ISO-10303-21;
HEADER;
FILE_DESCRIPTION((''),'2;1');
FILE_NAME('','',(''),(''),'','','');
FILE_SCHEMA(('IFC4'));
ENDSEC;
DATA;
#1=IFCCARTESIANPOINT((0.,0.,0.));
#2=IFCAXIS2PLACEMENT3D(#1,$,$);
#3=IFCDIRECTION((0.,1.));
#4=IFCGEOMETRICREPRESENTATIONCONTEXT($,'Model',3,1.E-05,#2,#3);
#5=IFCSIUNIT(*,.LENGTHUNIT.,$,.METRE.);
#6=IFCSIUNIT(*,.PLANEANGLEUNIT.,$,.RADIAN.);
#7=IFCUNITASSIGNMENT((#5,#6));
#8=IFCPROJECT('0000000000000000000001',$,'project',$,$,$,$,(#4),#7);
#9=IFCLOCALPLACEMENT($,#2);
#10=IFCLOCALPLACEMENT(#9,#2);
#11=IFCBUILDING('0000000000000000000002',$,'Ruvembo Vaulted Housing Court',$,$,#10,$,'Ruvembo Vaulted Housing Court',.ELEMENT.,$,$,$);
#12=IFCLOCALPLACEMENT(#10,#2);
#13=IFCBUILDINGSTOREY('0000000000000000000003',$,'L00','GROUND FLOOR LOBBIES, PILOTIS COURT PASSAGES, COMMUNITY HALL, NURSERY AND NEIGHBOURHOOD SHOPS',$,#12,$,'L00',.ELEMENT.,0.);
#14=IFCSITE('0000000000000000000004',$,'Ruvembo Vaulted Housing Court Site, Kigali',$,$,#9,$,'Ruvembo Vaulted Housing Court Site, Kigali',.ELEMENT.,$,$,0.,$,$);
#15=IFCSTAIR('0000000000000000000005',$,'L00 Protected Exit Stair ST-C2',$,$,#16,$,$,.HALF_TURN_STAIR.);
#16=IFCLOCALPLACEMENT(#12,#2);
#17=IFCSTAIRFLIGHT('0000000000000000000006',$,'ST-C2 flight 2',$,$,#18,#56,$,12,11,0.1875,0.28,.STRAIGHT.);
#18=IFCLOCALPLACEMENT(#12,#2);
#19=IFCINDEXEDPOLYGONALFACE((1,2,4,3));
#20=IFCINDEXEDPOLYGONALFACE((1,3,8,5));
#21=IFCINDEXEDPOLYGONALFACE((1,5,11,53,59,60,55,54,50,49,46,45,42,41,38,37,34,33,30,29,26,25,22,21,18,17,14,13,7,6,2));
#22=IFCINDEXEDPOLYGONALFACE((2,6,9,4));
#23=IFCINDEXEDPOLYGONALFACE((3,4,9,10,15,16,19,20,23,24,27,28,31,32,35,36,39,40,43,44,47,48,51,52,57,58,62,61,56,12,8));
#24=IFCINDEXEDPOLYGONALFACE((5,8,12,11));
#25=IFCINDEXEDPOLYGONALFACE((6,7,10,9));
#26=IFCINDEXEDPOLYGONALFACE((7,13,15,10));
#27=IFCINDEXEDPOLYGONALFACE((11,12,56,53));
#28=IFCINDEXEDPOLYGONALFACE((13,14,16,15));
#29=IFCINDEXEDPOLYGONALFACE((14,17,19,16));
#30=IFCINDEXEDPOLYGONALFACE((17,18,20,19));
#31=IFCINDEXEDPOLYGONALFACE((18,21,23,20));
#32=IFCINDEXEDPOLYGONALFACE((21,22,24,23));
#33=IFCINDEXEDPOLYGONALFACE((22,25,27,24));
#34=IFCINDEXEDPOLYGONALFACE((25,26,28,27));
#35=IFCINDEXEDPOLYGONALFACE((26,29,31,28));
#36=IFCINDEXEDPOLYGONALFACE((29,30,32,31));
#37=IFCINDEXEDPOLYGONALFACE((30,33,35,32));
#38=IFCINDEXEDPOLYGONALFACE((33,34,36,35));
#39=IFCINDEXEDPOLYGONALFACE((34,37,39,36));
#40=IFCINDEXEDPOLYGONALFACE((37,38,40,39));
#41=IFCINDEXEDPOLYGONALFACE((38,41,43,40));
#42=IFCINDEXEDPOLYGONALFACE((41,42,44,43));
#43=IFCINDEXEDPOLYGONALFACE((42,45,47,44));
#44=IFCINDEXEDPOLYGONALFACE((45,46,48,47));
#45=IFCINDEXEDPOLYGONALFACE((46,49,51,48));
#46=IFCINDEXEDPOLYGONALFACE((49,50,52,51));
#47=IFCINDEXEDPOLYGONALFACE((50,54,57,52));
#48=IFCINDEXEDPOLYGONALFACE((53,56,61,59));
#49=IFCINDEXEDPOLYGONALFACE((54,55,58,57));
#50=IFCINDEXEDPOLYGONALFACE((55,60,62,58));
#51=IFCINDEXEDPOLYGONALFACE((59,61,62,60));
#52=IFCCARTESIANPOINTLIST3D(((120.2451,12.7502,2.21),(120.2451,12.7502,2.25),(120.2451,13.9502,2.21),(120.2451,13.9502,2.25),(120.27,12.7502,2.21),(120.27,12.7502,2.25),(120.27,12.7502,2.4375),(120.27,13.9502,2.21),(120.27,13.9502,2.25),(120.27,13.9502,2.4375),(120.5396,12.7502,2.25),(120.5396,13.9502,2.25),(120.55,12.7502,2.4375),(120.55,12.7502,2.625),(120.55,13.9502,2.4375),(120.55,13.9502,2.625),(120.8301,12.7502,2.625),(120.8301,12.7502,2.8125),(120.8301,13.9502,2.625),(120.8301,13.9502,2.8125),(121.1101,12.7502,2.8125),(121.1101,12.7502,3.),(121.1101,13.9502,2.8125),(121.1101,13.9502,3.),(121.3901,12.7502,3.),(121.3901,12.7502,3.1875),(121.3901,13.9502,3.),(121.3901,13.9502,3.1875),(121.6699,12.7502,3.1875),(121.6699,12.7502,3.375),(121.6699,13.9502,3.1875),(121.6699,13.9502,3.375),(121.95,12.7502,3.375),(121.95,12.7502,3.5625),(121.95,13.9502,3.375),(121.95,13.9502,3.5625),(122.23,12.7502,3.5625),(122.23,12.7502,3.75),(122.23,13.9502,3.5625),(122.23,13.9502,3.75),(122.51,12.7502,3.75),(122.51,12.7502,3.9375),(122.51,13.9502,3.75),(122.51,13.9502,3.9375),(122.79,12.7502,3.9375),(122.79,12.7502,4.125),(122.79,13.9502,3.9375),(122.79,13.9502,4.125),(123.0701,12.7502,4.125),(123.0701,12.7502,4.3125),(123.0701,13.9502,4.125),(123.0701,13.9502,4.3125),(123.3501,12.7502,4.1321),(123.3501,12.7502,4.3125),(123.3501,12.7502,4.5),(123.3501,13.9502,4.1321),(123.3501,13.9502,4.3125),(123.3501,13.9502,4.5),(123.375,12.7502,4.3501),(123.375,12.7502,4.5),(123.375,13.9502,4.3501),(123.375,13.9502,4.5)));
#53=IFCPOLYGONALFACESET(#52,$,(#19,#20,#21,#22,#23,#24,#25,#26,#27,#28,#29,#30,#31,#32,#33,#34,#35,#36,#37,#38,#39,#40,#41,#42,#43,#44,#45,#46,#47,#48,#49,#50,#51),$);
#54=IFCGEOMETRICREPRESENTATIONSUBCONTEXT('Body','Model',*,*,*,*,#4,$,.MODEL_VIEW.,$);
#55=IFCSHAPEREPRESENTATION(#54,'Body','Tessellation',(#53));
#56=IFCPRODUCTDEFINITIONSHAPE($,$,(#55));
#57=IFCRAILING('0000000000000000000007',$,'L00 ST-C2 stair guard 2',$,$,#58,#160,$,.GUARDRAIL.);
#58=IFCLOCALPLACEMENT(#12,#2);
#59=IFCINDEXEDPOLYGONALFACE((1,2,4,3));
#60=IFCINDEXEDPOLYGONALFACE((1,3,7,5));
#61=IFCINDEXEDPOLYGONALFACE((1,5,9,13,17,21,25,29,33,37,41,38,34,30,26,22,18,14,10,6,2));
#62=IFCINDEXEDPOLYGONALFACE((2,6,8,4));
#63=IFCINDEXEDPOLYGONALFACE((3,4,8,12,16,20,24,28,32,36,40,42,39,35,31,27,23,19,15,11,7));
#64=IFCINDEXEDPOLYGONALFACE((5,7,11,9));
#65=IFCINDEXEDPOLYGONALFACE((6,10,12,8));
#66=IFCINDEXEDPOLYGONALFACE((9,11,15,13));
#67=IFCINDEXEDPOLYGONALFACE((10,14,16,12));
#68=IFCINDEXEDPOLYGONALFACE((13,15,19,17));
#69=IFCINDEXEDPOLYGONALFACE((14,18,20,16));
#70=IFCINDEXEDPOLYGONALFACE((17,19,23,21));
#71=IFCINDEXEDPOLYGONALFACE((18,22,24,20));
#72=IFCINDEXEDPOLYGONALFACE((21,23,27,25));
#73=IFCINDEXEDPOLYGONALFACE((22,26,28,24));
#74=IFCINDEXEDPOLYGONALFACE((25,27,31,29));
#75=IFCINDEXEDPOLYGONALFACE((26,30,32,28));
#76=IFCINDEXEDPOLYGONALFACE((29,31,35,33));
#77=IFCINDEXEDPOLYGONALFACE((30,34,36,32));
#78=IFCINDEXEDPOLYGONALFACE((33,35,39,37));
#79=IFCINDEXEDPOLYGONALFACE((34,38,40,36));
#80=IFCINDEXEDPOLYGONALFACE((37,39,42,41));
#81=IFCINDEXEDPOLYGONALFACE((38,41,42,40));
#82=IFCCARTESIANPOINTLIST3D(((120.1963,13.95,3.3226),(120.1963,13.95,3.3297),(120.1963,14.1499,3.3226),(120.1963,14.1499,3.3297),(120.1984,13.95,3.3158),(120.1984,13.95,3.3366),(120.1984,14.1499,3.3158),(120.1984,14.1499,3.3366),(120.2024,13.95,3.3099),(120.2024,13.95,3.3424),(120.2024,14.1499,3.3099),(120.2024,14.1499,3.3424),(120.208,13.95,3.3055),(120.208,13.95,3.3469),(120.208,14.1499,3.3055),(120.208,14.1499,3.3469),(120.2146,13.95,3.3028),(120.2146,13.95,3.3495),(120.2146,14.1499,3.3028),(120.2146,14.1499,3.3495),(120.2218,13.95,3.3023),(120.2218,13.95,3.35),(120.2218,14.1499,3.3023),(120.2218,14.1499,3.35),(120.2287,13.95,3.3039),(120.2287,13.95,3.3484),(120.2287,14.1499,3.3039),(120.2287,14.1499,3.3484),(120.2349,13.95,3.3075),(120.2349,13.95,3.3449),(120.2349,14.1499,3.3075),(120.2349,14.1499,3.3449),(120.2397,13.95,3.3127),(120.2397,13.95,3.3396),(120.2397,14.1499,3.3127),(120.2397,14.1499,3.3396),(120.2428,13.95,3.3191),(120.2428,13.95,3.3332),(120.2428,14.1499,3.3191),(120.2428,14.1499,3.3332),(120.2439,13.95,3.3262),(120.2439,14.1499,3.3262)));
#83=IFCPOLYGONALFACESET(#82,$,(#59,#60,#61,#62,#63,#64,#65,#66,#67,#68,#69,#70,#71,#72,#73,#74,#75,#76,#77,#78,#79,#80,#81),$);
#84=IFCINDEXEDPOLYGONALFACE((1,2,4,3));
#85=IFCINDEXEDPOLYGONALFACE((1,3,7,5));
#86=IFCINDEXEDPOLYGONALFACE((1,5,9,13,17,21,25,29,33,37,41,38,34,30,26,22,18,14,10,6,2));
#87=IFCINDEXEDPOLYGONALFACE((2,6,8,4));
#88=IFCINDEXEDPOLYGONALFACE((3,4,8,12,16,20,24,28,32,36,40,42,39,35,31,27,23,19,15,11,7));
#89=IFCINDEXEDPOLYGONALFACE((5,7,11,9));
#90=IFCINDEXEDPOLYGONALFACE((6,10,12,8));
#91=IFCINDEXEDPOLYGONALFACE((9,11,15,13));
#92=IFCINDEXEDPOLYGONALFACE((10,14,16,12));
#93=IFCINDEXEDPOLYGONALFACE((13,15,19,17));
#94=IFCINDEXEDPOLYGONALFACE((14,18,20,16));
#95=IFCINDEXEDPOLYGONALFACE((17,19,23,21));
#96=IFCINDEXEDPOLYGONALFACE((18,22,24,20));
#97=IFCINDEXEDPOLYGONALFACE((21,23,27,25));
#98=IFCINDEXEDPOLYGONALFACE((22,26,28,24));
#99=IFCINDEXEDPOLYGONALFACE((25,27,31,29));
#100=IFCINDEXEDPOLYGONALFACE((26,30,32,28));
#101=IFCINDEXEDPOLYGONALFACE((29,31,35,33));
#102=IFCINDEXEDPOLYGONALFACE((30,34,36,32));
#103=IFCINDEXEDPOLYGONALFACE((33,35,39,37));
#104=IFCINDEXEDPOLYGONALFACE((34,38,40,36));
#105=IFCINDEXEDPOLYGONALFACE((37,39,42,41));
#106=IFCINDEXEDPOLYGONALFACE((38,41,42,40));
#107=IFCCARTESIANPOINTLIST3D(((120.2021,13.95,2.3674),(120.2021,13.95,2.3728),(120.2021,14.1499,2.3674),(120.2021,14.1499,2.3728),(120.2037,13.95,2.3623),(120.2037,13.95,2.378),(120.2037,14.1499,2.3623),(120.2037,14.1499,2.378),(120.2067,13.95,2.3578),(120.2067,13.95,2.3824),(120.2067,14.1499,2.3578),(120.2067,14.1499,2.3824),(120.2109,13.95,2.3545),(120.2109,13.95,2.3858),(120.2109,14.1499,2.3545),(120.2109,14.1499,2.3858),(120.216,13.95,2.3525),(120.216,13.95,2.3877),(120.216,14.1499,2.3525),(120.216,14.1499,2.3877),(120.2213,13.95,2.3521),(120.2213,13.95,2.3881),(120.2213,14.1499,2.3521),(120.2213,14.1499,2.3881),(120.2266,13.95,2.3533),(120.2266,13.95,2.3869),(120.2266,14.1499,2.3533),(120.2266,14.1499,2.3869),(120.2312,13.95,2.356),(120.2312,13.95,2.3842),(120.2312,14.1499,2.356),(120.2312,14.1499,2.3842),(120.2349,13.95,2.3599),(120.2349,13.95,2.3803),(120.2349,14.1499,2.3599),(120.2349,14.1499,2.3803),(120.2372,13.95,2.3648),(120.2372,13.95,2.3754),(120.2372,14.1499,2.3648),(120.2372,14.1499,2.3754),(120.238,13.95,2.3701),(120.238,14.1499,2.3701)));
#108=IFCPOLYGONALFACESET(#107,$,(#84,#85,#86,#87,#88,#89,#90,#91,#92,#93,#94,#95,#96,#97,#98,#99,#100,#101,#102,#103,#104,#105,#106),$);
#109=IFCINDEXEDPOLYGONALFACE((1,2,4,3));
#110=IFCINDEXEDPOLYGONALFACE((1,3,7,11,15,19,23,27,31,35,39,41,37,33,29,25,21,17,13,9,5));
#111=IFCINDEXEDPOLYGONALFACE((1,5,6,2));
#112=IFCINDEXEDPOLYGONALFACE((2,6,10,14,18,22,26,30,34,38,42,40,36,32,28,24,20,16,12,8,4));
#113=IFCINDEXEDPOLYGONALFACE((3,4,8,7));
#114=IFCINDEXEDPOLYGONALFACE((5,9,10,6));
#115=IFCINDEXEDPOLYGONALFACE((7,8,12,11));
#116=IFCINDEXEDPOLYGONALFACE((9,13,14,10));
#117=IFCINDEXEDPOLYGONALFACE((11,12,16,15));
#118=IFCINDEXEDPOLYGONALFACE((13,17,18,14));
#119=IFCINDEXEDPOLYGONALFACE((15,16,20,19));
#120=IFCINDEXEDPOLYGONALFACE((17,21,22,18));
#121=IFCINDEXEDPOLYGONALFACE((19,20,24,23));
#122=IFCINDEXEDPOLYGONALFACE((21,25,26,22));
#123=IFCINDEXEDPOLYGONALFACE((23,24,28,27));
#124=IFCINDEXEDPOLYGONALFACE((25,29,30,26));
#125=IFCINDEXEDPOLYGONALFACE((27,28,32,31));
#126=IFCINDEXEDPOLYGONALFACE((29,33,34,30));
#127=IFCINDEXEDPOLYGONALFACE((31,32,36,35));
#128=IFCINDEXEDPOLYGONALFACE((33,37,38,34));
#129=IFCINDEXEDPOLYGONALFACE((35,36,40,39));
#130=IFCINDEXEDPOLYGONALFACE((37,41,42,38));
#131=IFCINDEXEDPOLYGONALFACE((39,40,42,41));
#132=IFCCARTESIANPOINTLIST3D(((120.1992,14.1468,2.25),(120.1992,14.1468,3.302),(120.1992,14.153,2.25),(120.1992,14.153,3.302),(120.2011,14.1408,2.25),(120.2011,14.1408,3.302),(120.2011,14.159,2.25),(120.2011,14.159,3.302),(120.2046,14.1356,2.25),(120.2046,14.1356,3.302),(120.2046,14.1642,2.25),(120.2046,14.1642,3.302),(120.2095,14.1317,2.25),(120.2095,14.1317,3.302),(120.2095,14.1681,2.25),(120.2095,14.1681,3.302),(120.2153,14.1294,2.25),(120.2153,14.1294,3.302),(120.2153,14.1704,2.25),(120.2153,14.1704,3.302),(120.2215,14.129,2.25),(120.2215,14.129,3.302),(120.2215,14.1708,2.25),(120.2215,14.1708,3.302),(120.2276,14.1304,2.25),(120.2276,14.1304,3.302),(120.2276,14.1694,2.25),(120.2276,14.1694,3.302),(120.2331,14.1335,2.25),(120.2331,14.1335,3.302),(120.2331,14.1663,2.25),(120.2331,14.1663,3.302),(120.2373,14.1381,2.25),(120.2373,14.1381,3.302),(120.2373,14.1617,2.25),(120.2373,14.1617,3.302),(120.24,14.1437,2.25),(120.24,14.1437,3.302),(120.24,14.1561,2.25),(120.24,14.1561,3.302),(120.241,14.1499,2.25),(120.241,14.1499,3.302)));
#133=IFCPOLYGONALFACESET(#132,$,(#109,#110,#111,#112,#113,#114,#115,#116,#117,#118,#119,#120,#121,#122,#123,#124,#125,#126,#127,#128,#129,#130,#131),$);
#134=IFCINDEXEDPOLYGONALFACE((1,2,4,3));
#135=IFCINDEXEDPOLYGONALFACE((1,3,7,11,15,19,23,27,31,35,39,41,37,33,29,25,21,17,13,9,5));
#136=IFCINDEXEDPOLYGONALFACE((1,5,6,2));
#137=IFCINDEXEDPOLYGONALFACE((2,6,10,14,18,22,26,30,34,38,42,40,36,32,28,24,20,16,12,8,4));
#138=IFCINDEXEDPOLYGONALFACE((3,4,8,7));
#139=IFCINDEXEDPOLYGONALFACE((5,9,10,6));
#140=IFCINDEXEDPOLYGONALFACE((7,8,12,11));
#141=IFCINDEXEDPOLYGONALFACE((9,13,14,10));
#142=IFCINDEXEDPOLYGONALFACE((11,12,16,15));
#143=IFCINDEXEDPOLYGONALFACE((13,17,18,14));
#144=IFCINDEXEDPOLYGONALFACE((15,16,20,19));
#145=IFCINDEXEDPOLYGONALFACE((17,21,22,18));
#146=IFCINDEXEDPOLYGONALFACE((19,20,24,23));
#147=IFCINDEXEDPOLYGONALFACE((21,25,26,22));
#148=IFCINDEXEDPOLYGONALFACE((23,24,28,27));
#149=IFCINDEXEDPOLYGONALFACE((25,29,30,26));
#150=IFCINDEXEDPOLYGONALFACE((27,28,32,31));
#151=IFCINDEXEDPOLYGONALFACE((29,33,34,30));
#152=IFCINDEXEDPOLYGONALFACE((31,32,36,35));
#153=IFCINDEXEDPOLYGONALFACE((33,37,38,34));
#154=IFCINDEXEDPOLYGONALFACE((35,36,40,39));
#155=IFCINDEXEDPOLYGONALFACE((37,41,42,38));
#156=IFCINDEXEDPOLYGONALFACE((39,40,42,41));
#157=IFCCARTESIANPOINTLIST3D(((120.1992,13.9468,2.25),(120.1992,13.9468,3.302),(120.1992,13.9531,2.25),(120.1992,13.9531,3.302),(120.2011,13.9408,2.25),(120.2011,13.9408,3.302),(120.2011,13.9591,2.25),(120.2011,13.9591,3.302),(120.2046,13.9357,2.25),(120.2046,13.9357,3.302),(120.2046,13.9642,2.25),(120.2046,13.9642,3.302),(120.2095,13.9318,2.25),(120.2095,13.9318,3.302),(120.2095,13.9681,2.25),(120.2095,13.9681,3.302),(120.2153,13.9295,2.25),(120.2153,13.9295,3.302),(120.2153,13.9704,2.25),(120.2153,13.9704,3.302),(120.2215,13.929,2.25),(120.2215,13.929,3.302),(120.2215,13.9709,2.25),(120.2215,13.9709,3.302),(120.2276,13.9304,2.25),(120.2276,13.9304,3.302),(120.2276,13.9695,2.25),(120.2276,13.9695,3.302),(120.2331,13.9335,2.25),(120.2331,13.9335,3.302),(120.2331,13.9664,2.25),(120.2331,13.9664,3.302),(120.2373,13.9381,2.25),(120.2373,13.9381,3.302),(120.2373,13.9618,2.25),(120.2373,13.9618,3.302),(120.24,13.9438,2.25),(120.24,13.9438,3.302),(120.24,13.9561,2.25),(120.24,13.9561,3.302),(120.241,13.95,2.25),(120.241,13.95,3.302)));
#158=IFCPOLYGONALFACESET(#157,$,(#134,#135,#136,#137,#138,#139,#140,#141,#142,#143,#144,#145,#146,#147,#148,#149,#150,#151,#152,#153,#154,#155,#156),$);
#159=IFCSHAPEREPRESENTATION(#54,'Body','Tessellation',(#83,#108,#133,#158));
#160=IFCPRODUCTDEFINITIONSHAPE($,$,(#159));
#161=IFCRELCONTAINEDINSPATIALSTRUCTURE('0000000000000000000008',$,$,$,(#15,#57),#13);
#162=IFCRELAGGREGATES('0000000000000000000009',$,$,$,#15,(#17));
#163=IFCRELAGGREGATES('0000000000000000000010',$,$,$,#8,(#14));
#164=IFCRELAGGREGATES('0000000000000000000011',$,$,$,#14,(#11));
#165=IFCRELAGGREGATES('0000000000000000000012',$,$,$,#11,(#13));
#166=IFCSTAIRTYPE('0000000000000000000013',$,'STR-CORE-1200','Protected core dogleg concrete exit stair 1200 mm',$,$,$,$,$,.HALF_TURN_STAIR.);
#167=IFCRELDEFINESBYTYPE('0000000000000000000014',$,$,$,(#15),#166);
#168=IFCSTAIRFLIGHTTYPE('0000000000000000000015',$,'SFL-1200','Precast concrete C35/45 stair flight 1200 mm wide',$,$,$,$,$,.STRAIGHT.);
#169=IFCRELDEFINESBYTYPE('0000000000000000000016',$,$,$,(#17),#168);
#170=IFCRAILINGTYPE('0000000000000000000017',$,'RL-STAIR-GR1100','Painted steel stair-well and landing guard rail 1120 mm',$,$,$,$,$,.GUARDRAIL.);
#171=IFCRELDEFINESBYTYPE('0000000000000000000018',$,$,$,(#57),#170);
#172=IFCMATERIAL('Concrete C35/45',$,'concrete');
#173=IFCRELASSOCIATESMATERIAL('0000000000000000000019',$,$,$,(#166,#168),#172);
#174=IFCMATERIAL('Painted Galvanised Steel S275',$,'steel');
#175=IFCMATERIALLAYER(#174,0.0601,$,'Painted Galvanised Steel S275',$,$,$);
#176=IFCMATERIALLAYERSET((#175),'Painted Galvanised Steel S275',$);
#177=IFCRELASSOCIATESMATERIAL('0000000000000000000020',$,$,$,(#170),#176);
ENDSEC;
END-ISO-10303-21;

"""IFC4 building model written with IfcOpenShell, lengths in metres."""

from ifc_helpers import new_model, si_unit, direction, frame, origin, origin_2d, place, context, subcontext, project, spatial, polyline, circle, outline, extrude, material, layer, layer_set, type_object, element, aggregate, save


model = new_model("IFC4")

# Units and contexts
model_context = context("Model", 3, precision=1e-05, world=origin(), true_north=direction((0.0, 1.0)))
body_context = subcontext(model_context, "Body", "Model", "MODEL_VIEW")
ifc_project = project(units=[si_unit("LENGTHUNIT", "METRE"), si_unit("PLANEANGLEUNIT", "RADIAN")], contexts=[model_context])

# Site, building, storey
site_placement = place(None, origin())
site = spatial("IfcSite", under=ifc_project, at=site_placement, Name="Ruvembo Vaulted Housing Court Site, Kigali", LongName="Ruvembo Vaulted Housing Court Site, Kigali", CompositionType="ELEMENT", RefElevation=0.0)
building_placement = place(site_placement, origin())
building = spatial("IfcBuilding", under=site, at=building_placement, Name="Ruvembo Vaulted Housing Court", LongName="Ruvembo Vaulted Housing Court", CompositionType="ELEMENT")
storey_placement = place(building_placement, origin())
storey = spatial("IfcBuildingStorey", under=building, at=storey_placement, Name="L00", Description="GROUND FLOOR LOBBIES, PILOTIS COURT PASSAGES, COMMUNITY HALL, NURSERY AND NEIGHBOURHOOD SHOPS", LongName="L00", CompositionType="ELEMENT", Elevation=0.0)

# Shared definitions
ifc_material_1 = material(Name="Concrete C35/45", Category="concrete")

# Stair, stair flight
stair_type = type_object("IfcStairType", Name="STR-CORE-1200", Description="Protected core dogleg concrete exit stair 1200 mm", PredefinedType="HALF_TURN_STAIR", material=ifc_material_1)
stair_placement = place(storey_placement, origin())
stair = element("IfcStair", 1, at=stair_placement, inside=storey, type_object=stair_type, Name="L00 Protected Exit Stair ST-C2", PredefinedType="HALF_TURN_STAIR")
stair_flight_type = type_object("IfcStairFlightType", Name="SFL-1200", Description="Precast concrete C35/45 stair flight 1200 mm wide", PredefinedType="STRAIGHT", material=ifc_material_1)
stair_flight_1_placement = place(storey_placement, frame((120.27, 13.3501, 2.25), z_axis=(0.0, 0.0, 1.0), x_axis=(1.0, 0.0, 0.0)))
stair_flight_1 = element("IfcStairFlight", 2, at=stair_flight_1_placement, type_object=stair_flight_type, Name="ST-C2 flight 2", NumberOfRisers=12, NumberOfTreads=11, PredefinedType="STRAIGHT", RiserHeight=0.1875, TreadLength=0.28, context=body_context, shape_type="SweptSolid", body=[
    extrude(outline(polyline([(-0.0249, -0.04), (-0.0249, 0.0), (0.0, 0.0), (0.0, 0.1875), (0.28, 0.1875), (0.28, 0.375), (0.5601, 0.375), (0.5601, 0.5625), (0.8401, 0.5625), (0.8401, 0.75), (1.1201, 0.75), (1.1201, 0.9375), (1.3999, 0.9375), (1.3999, 1.125), (1.6799, 1.125), (1.6799, 1.3125), (1.96, 1.3125), (1.96, 1.5), (2.24, 1.5), (2.24, 1.6875), (2.52, 1.6875), (2.52, 1.875), (2.8, 1.875), (2.8, 2.0625), (3.0801, 2.0625), (3.0801, 2.25), (3.105, 2.25), (3.105, 2.1001), (3.0801, 1.8821), (0.2695, 0.0), (0.0, -0.04), (-0.0249, -0.04)])), frame((0.0, 0.6001, 0.0), z_axis=(0.0, -1.0, 0.0), x_axis=(1.0, 0.0, 0.0)), (0.0, 0.0, 1.0), 1.2),
])
aggregate(stair, [stair_flight_1])

# Railing
ifc_material_2 = material(Name="Painted Galvanised Steel S275", Category="steel")
ifc_layer_1 = layer(ifc_material_2, 0.0601, Name="Painted Galvanised Steel S275")
ifc_layer_set_1 = layer_set([ifc_layer_1], Name="Painted Galvanised Steel S275")
railing_type_1 = type_object("IfcRailingType", Name="RL-STAIR-GR1100", Description="Painted steel stair-well and landing guard rail 1120 mm", PredefinedType="GUARDRAIL", material=ifc_layer_set_1)
railing_1_placement = place(storey_placement, frame((120.22, 14.1499, 2.25)))
element("IfcRailing", 3, at=railing_1_placement, inside=storey, type_object=railing_type_1, Name="L00 ST-C2 stair guard 2", PredefinedType="GUARDRAIL", context=body_context, shape_type="SweptSolid", body=[
    extrude(circle(Radius=0.0239, at=origin_2d()), frame((0.0, 0.0, 1.0762), z_axis=(0.0, -1.0, 0.0), x_axis=(1.0, 0.0, 0.0)), (0.0, 0.0, 1.0), 0.2),
    extrude(circle(Radius=0.0181, at=origin_2d()), frame((0.0, 0.0, 0.1201), z_axis=(0.0, -1.0, 0.0), x_axis=(1.0, 0.0, 0.0)), (0.0, 0.0, 1.0), 0.2),
    extrude(circle(Radius=0.021, at=origin_2d()), origin(), (0.0, 0.0, 1.0), 1.052),
    extrude(circle(Radius=0.021, at=origin_2d()), frame((0.0, -0.2, 0.0)), (0.0, 0.0, 1.0), 1.052),
])

save(model, "model.ifc")
